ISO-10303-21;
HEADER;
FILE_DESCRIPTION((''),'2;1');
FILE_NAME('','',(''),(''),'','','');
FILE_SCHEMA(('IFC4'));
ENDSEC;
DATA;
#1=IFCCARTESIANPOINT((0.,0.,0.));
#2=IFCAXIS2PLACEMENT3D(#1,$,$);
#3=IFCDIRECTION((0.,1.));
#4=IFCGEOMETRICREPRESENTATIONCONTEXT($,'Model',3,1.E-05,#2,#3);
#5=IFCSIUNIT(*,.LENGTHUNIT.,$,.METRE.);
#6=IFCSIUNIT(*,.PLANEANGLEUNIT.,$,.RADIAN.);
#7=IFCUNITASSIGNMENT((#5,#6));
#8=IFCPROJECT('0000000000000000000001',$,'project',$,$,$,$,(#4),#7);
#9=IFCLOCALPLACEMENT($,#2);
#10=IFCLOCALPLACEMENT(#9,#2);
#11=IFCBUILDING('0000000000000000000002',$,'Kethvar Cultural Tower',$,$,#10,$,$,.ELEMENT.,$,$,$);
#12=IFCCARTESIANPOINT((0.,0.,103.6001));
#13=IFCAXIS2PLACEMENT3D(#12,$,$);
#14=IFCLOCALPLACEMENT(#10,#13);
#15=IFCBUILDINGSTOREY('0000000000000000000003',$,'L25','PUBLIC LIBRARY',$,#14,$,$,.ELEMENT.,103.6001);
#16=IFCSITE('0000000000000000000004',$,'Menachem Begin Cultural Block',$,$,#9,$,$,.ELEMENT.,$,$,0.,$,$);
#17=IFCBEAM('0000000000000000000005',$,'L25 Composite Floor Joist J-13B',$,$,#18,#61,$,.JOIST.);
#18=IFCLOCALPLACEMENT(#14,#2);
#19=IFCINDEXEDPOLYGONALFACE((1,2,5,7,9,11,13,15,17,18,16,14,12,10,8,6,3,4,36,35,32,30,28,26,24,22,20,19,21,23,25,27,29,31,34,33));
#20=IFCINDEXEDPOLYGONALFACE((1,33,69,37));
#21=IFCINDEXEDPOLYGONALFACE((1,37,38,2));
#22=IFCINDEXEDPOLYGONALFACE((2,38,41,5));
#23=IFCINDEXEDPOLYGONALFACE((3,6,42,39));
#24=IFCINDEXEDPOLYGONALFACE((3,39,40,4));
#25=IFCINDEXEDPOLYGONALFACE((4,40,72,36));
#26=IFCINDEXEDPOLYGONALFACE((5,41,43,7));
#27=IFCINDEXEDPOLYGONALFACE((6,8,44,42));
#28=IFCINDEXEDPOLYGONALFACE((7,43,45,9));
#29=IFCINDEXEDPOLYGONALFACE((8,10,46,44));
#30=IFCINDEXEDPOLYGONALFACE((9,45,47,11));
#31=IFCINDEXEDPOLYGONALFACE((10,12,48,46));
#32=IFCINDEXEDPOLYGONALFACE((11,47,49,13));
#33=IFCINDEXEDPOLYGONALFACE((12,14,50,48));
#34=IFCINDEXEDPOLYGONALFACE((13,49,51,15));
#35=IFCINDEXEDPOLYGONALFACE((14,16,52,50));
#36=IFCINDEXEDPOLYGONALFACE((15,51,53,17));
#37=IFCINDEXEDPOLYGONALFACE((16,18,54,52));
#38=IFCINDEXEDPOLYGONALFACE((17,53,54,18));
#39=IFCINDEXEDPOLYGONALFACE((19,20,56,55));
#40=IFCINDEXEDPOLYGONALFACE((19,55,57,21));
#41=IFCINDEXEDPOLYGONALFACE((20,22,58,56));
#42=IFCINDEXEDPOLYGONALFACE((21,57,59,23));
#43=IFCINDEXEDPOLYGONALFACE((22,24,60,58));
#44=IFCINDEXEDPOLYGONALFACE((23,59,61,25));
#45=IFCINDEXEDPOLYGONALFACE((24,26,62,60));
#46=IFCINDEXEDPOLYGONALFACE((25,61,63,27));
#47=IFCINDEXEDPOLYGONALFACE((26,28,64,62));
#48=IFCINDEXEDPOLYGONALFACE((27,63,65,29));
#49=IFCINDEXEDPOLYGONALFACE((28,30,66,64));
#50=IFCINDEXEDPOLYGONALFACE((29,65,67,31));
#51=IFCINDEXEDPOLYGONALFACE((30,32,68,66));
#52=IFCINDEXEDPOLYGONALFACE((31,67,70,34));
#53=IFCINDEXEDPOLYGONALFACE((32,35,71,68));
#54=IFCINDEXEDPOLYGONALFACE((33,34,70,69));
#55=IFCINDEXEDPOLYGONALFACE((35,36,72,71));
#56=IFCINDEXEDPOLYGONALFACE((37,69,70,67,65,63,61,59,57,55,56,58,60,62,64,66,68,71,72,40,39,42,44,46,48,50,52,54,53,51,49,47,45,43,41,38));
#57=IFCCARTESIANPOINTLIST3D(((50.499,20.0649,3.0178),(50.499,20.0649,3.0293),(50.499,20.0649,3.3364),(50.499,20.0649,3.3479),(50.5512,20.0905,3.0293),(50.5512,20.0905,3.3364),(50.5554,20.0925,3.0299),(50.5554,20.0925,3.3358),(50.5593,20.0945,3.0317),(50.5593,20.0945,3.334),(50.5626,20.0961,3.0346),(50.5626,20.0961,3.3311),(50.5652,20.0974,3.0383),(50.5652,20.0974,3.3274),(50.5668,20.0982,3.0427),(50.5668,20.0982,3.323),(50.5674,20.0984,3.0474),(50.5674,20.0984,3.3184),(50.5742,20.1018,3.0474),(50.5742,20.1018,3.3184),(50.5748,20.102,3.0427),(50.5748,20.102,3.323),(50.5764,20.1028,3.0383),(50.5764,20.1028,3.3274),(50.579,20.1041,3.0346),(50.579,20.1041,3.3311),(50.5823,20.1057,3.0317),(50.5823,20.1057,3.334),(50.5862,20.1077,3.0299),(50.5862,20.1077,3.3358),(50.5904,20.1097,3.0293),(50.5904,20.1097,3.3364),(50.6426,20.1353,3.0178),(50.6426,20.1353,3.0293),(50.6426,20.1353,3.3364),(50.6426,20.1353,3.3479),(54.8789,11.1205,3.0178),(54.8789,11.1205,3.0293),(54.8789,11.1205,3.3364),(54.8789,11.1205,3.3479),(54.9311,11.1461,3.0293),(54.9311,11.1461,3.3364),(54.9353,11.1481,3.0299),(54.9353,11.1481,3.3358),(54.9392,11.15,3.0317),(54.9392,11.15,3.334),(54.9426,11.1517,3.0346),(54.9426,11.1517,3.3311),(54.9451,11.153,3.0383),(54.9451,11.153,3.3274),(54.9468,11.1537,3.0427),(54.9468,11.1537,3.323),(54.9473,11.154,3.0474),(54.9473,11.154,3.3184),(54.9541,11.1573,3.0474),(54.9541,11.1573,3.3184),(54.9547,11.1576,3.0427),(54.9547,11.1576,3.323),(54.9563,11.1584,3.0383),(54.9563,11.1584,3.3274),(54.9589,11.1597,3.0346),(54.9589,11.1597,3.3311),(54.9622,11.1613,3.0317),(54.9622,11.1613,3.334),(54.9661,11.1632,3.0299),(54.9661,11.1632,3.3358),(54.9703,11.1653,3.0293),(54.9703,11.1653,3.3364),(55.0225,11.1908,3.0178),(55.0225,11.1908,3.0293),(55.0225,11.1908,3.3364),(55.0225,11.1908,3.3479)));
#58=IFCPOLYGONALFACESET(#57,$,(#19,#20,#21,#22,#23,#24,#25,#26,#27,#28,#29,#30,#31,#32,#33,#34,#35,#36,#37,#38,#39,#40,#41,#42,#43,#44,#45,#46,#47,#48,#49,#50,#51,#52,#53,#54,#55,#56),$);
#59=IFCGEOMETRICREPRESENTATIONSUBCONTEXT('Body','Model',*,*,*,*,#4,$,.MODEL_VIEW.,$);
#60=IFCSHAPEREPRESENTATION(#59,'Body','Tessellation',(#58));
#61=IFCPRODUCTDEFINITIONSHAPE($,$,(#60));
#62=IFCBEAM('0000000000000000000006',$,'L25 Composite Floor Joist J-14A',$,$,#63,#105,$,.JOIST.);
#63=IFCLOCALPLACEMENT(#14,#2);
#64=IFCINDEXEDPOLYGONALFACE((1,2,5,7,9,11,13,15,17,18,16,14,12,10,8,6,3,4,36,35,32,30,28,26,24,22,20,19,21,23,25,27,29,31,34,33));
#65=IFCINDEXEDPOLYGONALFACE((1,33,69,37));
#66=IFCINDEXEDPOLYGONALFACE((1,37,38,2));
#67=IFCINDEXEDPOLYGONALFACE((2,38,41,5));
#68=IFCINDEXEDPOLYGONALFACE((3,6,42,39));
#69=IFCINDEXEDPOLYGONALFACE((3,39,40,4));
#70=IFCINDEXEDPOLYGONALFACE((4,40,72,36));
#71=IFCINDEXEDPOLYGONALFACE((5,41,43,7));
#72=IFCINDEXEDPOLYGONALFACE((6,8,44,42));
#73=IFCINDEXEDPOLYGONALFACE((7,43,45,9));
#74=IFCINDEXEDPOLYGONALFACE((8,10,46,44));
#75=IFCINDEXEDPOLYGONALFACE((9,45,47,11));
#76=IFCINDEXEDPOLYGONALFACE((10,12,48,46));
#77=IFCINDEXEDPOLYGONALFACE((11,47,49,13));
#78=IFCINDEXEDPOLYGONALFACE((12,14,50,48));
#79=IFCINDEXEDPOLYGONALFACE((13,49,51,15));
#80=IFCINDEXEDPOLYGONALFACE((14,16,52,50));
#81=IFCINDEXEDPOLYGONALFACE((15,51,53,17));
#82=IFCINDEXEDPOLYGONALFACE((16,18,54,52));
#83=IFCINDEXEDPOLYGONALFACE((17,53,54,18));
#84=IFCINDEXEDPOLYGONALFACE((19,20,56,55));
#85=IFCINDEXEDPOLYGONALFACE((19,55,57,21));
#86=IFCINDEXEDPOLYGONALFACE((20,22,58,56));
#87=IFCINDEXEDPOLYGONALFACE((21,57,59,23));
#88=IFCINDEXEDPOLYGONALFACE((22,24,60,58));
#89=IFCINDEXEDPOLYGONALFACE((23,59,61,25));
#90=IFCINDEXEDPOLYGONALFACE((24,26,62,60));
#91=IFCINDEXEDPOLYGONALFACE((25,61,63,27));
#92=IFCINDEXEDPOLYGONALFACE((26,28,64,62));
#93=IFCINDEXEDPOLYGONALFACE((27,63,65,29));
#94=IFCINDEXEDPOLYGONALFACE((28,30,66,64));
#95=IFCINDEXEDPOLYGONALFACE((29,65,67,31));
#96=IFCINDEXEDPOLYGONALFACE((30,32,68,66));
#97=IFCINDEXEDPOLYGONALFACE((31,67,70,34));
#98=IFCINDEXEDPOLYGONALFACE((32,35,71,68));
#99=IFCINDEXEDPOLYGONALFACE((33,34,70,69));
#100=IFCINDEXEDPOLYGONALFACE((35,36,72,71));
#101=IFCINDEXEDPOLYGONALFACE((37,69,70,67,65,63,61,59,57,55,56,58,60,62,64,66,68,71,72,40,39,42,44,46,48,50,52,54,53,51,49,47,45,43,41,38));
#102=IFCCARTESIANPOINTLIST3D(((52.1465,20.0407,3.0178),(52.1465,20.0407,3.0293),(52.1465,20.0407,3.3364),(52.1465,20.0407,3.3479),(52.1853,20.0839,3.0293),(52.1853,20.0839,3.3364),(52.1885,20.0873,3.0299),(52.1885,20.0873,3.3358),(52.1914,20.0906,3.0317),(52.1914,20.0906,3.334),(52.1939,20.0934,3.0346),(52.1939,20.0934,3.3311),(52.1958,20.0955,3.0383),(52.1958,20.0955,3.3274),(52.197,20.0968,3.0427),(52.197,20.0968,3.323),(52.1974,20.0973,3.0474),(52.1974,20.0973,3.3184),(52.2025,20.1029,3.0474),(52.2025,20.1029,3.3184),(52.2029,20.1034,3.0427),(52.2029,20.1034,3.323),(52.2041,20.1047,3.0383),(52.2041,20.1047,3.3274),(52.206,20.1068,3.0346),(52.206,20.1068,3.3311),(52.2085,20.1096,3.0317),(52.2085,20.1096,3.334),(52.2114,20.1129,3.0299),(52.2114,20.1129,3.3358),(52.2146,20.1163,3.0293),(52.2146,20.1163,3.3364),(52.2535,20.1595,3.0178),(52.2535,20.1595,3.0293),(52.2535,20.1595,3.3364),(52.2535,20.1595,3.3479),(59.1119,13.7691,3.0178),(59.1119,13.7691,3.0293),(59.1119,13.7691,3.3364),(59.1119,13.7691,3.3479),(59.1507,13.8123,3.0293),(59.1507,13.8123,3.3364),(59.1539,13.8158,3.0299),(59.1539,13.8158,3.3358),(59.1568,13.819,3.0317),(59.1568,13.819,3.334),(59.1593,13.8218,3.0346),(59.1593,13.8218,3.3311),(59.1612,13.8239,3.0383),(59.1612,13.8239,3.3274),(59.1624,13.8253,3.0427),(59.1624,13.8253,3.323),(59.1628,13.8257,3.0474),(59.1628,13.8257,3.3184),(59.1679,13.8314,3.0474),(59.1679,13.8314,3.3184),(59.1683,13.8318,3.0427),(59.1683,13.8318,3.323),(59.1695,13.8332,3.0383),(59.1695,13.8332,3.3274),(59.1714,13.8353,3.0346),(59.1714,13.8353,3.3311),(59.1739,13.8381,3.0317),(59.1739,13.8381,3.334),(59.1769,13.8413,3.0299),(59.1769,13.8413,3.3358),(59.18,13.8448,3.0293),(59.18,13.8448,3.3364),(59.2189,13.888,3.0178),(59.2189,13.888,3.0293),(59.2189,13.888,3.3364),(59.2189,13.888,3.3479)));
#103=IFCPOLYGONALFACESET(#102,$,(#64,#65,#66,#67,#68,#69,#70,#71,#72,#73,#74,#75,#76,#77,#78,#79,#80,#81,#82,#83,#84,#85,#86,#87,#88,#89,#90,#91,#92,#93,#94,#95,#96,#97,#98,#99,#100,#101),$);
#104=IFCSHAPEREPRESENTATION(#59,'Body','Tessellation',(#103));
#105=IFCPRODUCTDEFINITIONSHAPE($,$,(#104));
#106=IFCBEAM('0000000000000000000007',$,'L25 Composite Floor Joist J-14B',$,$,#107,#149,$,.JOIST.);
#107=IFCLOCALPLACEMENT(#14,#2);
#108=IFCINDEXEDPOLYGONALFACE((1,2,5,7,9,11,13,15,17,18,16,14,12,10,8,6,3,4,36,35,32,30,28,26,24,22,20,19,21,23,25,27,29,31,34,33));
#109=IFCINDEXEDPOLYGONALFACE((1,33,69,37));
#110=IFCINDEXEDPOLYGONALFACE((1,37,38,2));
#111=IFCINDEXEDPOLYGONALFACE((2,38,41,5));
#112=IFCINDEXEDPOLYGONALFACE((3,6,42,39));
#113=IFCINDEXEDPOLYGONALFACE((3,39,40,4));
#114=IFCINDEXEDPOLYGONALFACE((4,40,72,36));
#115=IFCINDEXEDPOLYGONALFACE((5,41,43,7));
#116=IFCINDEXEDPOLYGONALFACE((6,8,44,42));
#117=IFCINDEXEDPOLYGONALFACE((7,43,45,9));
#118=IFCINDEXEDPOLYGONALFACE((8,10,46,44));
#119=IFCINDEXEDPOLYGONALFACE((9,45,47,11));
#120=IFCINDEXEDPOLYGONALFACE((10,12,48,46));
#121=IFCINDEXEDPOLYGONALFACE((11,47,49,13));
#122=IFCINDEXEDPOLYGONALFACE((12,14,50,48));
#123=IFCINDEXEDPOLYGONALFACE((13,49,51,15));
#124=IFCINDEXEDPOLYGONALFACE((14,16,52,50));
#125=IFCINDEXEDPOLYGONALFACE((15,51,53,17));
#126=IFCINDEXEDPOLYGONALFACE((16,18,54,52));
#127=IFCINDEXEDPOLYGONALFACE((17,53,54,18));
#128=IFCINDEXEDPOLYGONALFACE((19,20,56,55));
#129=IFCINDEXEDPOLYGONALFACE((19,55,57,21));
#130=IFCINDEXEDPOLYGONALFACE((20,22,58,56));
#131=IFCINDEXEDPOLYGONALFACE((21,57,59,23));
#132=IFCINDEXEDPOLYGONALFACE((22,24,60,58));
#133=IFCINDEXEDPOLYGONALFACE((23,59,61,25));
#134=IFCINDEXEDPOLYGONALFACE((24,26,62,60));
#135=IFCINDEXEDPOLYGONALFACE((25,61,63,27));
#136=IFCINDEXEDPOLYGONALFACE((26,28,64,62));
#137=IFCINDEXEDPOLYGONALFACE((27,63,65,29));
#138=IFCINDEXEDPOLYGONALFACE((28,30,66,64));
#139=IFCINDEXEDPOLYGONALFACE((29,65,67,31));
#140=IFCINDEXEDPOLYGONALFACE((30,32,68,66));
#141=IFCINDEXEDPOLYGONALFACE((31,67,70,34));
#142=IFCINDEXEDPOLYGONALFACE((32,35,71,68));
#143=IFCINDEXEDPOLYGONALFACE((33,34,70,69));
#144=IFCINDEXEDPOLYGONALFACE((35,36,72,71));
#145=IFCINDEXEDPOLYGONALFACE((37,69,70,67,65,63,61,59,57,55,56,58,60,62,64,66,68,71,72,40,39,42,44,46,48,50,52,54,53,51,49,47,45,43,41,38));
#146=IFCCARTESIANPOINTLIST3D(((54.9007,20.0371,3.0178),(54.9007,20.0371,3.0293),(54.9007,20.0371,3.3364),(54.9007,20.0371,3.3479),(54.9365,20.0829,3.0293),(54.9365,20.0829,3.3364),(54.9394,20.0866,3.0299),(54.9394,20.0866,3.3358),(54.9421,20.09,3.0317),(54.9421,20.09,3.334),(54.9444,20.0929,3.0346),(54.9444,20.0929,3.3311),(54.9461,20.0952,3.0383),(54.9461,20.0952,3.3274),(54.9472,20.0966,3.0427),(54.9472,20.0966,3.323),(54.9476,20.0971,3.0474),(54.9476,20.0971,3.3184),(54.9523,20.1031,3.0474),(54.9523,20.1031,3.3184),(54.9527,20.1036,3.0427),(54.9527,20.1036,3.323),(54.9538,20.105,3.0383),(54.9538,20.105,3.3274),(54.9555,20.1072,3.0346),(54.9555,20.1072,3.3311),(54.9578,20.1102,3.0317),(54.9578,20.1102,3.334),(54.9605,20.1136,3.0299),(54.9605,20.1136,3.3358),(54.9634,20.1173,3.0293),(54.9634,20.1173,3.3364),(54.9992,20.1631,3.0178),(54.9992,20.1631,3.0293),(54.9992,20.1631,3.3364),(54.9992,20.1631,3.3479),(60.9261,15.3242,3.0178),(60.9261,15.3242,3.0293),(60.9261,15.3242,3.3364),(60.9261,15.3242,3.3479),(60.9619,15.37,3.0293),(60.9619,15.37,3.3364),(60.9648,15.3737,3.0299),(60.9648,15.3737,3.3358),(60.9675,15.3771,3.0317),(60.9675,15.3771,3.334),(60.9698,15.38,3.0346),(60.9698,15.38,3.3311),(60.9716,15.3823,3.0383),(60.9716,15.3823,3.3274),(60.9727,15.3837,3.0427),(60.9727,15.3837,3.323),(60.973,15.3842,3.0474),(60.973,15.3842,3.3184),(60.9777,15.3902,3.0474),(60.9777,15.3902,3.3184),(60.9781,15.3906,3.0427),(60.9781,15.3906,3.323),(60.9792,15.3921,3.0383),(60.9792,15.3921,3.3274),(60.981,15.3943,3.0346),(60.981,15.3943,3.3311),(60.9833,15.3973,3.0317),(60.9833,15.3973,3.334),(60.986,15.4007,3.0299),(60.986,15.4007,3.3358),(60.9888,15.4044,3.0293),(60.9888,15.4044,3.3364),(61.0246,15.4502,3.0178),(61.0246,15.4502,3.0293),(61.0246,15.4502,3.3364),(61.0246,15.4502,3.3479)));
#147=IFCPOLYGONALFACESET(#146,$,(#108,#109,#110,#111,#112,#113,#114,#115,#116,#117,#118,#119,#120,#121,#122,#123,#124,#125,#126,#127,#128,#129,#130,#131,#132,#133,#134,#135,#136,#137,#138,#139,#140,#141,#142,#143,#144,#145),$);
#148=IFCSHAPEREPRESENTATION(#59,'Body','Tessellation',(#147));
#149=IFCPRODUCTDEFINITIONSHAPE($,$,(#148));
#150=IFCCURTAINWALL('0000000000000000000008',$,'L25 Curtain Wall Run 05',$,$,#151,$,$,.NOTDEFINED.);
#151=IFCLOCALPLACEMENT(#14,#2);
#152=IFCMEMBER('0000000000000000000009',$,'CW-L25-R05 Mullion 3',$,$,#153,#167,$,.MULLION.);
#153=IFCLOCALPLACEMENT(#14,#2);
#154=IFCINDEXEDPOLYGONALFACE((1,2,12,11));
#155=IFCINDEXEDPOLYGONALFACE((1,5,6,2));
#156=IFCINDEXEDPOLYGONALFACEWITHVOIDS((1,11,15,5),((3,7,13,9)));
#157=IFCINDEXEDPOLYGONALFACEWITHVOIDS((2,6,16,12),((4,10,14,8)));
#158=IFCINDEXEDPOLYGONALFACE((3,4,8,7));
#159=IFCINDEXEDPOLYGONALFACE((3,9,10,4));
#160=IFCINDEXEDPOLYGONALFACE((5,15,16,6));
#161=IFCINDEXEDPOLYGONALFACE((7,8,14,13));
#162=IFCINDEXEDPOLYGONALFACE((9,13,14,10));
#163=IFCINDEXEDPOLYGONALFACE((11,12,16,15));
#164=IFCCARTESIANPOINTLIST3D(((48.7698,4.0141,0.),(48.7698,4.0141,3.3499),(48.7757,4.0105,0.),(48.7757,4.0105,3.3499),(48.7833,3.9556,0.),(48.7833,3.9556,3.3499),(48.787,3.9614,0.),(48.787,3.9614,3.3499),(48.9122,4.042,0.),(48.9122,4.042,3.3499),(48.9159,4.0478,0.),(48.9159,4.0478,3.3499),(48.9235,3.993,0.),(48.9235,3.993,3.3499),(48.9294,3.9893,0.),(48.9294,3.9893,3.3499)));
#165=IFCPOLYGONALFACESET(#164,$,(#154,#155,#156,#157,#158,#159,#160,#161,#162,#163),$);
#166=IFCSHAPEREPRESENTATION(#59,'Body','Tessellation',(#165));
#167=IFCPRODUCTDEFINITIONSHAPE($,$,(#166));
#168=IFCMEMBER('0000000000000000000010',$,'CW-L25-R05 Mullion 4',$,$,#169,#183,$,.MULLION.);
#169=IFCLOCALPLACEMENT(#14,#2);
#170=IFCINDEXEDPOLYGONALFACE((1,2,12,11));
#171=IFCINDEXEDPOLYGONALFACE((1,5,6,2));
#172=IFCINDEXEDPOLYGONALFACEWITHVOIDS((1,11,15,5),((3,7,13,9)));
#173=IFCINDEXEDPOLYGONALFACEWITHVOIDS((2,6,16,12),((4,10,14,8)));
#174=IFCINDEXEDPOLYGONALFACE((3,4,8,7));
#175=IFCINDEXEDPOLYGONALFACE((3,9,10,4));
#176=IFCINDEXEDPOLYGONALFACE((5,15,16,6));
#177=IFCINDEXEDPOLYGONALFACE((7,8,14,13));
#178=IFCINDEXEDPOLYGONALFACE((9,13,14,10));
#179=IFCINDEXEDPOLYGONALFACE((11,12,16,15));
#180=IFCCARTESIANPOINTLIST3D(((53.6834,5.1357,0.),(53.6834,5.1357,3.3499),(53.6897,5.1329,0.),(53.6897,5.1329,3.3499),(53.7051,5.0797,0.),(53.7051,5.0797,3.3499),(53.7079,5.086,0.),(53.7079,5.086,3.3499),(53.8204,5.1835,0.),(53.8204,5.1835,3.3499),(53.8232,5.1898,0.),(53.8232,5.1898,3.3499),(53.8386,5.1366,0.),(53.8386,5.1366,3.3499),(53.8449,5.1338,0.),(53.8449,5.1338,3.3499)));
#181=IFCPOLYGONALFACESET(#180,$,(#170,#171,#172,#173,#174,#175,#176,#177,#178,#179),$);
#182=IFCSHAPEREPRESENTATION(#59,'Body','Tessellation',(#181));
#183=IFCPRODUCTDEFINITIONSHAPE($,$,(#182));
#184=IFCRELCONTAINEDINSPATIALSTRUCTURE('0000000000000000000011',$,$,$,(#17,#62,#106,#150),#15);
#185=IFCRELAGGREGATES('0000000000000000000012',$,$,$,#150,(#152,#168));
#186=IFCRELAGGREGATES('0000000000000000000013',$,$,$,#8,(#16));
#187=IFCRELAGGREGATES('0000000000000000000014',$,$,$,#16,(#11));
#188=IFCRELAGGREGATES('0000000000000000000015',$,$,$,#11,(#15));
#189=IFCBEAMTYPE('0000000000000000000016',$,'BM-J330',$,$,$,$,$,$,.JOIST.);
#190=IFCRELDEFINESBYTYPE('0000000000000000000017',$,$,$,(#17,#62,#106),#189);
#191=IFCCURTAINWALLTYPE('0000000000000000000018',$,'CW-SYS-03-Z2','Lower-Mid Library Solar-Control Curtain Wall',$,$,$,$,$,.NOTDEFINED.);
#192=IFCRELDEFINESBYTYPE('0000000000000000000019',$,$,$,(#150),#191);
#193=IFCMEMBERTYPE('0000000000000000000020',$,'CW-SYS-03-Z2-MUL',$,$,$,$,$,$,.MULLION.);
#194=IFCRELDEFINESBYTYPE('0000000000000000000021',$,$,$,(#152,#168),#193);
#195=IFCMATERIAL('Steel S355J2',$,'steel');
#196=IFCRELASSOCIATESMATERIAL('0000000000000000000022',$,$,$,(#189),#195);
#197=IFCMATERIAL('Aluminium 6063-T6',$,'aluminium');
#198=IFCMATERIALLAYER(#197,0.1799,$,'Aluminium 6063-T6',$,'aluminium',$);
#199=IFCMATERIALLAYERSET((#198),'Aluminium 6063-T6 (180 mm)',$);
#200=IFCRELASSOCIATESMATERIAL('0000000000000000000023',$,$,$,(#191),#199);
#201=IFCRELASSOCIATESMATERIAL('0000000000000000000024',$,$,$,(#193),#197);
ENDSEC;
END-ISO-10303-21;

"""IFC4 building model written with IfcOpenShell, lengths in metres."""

from ifc_helpers import new_model, si_unit, direction, frame, origin, origin_2d, place, context, subcontext, project, spatial, hollow_rectangle, i_section, extrude, source, transform, mapped, material, layer, layer_set, material_profile, profile_set, type_object, element, aggregate, save


model = new_model("IFC4")

# Units and contexts
model_context = context("Model", 3, precision=1e-05, world=origin(), true_north=direction((0.0, 1.0)))
body_context = subcontext(model_context, "Body", "Model", "MODEL_VIEW")
ifc_project = project(units=[si_unit("LENGTHUNIT", "METRE"), si_unit("PLANEANGLEUNIT", "RADIAN")], contexts=[model_context])

# Site, building, storey
site_placement = place(None, origin())
site = spatial("IfcSite", under=ifc_project, at=site_placement, Name="Menachem Begin Cultural Block", CompositionType="ELEMENT", RefElevation=0.0)
building_placement = place(site_placement, origin())
building = spatial("IfcBuilding", under=site, at=building_placement, Name="Kethvar Cultural Tower", CompositionType="ELEMENT")
storey_placement = place(building_placement, frame((0.0, 0.0, 103.6001)))
storey = spatial("IfcBuildingStorey", under=building, at=storey_placement, Name="L25", Description="PUBLIC LIBRARY", CompositionType="ELEMENT", Elevation=103.6001)

# Beams
ifc_material_1 = material(Name="Steel S355J2", Category="steel")
ifc_material_profile_1 = material_profile(ifc_material_1, i_section(OverallWidth=0.1599, OverallDepth=0.3301, WebThickness=0.0076, FlangeThickness=0.0115, FilletRadius=0.0181, at=origin_2d()), Name="Steel S355J2 — IPE330")
ifc_profile_set_1 = profile_set([ifc_material_profile_1], Name="Steel S355J2 — IPE330")
beam_type_1 = type_object("IfcBeamType", Name="BM-J330", PredefinedType="JOIST", material=ifc_profile_set_1)
shared_shape_1 = source(origin(), body_context, "Body", "SweptSolid", [
    extrude(i_section(OverallWidth=0.1599, OverallDepth=0.3301, WebThickness=0.0076, FlangeThickness=0.0115, FilletRadius=0.0181, at=origin_2d()), origin(), (0.0, 0.0, 1.0), 9.9592),
])
beam_1_placement = place(storey_placement, frame((50.5708, 20.1001, 3.1829), z_axis=(0.439785, -0.898103, 0.0), x_axis=(0.898103, 0.439785, 0.0)))
element("IfcBeam", 1, at=beam_1_placement, inside=storey, type_object=beam_type_1, Name="L25 Composite Floor Joist J-13B", PredefinedType="JOIST", context=body_context, shape_type="MappedRepresentation", body=[
    mapped(shared_shape_1, transform((0.0, 0.0, 0.0), scale=1.0)),
])
shared_shape_2 = source(origin(), body_context, "Body", "SweptSolid", [
    extrude(i_section(OverallWidth=0.1599, OverallDepth=0.3301, WebThickness=0.0076, FlangeThickness=0.0115, FilletRadius=0.0181, at=origin_2d()), origin(), (0.0, 0.0, 1.0), 9.3728),
])
beam_2_placement = place(storey_placement, frame((52.2, 20.1001, 3.1829), z_axis=(0.743152, -0.669123, 0.0), x_axis=(0.669123, 0.743152, 0.0)))
element("IfcBeam", 2, at=beam_2_placement, inside=storey, type_object=beam_type_1, Name="L25 Composite Floor Joist J-14A", PredefinedType="JOIST", context=body_context, shape_type="MappedRepresentation", body=[
    mapped(shared_shape_2, transform((0.0, 0.0, 0.0), scale=1.0)),
])
shared_shape_3 = source(origin(), body_context, "Body", "SweptSolid", [
    extrude(i_section(OverallWidth=0.1599, OverallDepth=0.3301, WebThickness=0.0076, FlangeThickness=0.0115, FilletRadius=0.0181, at=origin_2d()), origin(), (0.0, 0.0, 1.0), 7.6497),
])
beam_3_placement = place(storey_placement, frame((54.95, 20.1001, 3.1829), z_axis=(0.787672, -0.616095, 0.0), x_axis=(0.616095, 0.787672, 0.0)))
element("IfcBeam", 3, at=beam_3_placement, inside=storey, type_object=beam_type_1, Name="L25 Composite Floor Joist J-14B", PredefinedType="JOIST", context=body_context, shape_type="MappedRepresentation", body=[
    mapped(shared_shape_3, transform((0.0, 0.0, 0.0), scale=1.0)),
])

# Curtain wall, members
ifc_material_2 = material(Name="Aluminium 6063-T6", Category="aluminium")
ifc_layer_1 = layer(ifc_material_2, 0.1799, Name="Aluminium 6063-T6", Category="aluminium")
ifc_layer_set_1 = layer_set([ifc_layer_1], Name="Aluminium 6063-T6 (180 mm)")
curtain_wall_type = type_object("IfcCurtainWallType", Name="CW-SYS-03-Z2", Description="Lower-Mid Library Solar-Control Curtain Wall", PredefinedType="NOTDEFINED", material=ifc_layer_set_1)
curtain_wall_placement = place(storey_placement, origin())
curtain_wall = element("IfcCurtainWall", 4, at=curtain_wall_placement, inside=storey, type_object=curtain_wall_type, Name="L25 Curtain Wall Run 05", PredefinedType="NOTDEFINED")
ifc_material_profile_2 = material_profile(ifc_material_2, hollow_rectangle(XDim=0.0601, YDim=0.1499, WallThickness=0.0049, at=origin_2d()), Name="Aluminium 6063-T6 — RHS150x60x5")
ifc_profile_set_2 = profile_set([ifc_material_profile_2], Name="Aluminium 6063-T6 — RHS150x60x5")
member_type_1 = type_object("IfcMemberType", Name="CW-SYS-03-Z2-MUL", PredefinedType="MULLION", material=ifc_profile_set_2)
shared_shape_4 = source(origin(), body_context, "Body", "SweptSolid", [
    extrude(hollow_rectangle(XDim=0.0601, YDim=0.1499, WallThickness=0.0049, at=origin_2d()), origin(), (0.0, 0.0, 1.0), 3.3499),
])
member_1_placement = place(storey_placement, frame((48.8496, 4.0017, 0.0), z_axis=(0.0, 0.0, 1.0), x_axis=(-0.224934, 0.974374, 0.0)))
member_1 = element("IfcMember", 5, at=member_1_placement, type_object=member_type_1, Name="CW-L25-R05 Mullion 3", PredefinedType="MULLION", context=body_context, shape_type="MappedRepresentation", body=[
    mapped(shared_shape_4, transform((0.0, 0.0, 0.0), scale=1.0)),
])
member_2_placement = place(storey_placement, frame((53.7642, 5.1348, 0.0), z_axis=(0.0, 0.0, 1.0), x_axis=(-0.361315, 0.932444, 0.0)))
member_2 = element("IfcMember", 6, at=member_2_placement, type_object=member_type_1, Name="CW-L25-R05 Mullion 4", PredefinedType="MULLION", context=body_context, shape_type="MappedRepresentation", body=[
    mapped(shared_shape_4, transform((0.0, 0.0, 0.0), scale=1.0)),
])
aggregate(curtain_wall, [member_1, member_2])

save(model, "model.ifc")
